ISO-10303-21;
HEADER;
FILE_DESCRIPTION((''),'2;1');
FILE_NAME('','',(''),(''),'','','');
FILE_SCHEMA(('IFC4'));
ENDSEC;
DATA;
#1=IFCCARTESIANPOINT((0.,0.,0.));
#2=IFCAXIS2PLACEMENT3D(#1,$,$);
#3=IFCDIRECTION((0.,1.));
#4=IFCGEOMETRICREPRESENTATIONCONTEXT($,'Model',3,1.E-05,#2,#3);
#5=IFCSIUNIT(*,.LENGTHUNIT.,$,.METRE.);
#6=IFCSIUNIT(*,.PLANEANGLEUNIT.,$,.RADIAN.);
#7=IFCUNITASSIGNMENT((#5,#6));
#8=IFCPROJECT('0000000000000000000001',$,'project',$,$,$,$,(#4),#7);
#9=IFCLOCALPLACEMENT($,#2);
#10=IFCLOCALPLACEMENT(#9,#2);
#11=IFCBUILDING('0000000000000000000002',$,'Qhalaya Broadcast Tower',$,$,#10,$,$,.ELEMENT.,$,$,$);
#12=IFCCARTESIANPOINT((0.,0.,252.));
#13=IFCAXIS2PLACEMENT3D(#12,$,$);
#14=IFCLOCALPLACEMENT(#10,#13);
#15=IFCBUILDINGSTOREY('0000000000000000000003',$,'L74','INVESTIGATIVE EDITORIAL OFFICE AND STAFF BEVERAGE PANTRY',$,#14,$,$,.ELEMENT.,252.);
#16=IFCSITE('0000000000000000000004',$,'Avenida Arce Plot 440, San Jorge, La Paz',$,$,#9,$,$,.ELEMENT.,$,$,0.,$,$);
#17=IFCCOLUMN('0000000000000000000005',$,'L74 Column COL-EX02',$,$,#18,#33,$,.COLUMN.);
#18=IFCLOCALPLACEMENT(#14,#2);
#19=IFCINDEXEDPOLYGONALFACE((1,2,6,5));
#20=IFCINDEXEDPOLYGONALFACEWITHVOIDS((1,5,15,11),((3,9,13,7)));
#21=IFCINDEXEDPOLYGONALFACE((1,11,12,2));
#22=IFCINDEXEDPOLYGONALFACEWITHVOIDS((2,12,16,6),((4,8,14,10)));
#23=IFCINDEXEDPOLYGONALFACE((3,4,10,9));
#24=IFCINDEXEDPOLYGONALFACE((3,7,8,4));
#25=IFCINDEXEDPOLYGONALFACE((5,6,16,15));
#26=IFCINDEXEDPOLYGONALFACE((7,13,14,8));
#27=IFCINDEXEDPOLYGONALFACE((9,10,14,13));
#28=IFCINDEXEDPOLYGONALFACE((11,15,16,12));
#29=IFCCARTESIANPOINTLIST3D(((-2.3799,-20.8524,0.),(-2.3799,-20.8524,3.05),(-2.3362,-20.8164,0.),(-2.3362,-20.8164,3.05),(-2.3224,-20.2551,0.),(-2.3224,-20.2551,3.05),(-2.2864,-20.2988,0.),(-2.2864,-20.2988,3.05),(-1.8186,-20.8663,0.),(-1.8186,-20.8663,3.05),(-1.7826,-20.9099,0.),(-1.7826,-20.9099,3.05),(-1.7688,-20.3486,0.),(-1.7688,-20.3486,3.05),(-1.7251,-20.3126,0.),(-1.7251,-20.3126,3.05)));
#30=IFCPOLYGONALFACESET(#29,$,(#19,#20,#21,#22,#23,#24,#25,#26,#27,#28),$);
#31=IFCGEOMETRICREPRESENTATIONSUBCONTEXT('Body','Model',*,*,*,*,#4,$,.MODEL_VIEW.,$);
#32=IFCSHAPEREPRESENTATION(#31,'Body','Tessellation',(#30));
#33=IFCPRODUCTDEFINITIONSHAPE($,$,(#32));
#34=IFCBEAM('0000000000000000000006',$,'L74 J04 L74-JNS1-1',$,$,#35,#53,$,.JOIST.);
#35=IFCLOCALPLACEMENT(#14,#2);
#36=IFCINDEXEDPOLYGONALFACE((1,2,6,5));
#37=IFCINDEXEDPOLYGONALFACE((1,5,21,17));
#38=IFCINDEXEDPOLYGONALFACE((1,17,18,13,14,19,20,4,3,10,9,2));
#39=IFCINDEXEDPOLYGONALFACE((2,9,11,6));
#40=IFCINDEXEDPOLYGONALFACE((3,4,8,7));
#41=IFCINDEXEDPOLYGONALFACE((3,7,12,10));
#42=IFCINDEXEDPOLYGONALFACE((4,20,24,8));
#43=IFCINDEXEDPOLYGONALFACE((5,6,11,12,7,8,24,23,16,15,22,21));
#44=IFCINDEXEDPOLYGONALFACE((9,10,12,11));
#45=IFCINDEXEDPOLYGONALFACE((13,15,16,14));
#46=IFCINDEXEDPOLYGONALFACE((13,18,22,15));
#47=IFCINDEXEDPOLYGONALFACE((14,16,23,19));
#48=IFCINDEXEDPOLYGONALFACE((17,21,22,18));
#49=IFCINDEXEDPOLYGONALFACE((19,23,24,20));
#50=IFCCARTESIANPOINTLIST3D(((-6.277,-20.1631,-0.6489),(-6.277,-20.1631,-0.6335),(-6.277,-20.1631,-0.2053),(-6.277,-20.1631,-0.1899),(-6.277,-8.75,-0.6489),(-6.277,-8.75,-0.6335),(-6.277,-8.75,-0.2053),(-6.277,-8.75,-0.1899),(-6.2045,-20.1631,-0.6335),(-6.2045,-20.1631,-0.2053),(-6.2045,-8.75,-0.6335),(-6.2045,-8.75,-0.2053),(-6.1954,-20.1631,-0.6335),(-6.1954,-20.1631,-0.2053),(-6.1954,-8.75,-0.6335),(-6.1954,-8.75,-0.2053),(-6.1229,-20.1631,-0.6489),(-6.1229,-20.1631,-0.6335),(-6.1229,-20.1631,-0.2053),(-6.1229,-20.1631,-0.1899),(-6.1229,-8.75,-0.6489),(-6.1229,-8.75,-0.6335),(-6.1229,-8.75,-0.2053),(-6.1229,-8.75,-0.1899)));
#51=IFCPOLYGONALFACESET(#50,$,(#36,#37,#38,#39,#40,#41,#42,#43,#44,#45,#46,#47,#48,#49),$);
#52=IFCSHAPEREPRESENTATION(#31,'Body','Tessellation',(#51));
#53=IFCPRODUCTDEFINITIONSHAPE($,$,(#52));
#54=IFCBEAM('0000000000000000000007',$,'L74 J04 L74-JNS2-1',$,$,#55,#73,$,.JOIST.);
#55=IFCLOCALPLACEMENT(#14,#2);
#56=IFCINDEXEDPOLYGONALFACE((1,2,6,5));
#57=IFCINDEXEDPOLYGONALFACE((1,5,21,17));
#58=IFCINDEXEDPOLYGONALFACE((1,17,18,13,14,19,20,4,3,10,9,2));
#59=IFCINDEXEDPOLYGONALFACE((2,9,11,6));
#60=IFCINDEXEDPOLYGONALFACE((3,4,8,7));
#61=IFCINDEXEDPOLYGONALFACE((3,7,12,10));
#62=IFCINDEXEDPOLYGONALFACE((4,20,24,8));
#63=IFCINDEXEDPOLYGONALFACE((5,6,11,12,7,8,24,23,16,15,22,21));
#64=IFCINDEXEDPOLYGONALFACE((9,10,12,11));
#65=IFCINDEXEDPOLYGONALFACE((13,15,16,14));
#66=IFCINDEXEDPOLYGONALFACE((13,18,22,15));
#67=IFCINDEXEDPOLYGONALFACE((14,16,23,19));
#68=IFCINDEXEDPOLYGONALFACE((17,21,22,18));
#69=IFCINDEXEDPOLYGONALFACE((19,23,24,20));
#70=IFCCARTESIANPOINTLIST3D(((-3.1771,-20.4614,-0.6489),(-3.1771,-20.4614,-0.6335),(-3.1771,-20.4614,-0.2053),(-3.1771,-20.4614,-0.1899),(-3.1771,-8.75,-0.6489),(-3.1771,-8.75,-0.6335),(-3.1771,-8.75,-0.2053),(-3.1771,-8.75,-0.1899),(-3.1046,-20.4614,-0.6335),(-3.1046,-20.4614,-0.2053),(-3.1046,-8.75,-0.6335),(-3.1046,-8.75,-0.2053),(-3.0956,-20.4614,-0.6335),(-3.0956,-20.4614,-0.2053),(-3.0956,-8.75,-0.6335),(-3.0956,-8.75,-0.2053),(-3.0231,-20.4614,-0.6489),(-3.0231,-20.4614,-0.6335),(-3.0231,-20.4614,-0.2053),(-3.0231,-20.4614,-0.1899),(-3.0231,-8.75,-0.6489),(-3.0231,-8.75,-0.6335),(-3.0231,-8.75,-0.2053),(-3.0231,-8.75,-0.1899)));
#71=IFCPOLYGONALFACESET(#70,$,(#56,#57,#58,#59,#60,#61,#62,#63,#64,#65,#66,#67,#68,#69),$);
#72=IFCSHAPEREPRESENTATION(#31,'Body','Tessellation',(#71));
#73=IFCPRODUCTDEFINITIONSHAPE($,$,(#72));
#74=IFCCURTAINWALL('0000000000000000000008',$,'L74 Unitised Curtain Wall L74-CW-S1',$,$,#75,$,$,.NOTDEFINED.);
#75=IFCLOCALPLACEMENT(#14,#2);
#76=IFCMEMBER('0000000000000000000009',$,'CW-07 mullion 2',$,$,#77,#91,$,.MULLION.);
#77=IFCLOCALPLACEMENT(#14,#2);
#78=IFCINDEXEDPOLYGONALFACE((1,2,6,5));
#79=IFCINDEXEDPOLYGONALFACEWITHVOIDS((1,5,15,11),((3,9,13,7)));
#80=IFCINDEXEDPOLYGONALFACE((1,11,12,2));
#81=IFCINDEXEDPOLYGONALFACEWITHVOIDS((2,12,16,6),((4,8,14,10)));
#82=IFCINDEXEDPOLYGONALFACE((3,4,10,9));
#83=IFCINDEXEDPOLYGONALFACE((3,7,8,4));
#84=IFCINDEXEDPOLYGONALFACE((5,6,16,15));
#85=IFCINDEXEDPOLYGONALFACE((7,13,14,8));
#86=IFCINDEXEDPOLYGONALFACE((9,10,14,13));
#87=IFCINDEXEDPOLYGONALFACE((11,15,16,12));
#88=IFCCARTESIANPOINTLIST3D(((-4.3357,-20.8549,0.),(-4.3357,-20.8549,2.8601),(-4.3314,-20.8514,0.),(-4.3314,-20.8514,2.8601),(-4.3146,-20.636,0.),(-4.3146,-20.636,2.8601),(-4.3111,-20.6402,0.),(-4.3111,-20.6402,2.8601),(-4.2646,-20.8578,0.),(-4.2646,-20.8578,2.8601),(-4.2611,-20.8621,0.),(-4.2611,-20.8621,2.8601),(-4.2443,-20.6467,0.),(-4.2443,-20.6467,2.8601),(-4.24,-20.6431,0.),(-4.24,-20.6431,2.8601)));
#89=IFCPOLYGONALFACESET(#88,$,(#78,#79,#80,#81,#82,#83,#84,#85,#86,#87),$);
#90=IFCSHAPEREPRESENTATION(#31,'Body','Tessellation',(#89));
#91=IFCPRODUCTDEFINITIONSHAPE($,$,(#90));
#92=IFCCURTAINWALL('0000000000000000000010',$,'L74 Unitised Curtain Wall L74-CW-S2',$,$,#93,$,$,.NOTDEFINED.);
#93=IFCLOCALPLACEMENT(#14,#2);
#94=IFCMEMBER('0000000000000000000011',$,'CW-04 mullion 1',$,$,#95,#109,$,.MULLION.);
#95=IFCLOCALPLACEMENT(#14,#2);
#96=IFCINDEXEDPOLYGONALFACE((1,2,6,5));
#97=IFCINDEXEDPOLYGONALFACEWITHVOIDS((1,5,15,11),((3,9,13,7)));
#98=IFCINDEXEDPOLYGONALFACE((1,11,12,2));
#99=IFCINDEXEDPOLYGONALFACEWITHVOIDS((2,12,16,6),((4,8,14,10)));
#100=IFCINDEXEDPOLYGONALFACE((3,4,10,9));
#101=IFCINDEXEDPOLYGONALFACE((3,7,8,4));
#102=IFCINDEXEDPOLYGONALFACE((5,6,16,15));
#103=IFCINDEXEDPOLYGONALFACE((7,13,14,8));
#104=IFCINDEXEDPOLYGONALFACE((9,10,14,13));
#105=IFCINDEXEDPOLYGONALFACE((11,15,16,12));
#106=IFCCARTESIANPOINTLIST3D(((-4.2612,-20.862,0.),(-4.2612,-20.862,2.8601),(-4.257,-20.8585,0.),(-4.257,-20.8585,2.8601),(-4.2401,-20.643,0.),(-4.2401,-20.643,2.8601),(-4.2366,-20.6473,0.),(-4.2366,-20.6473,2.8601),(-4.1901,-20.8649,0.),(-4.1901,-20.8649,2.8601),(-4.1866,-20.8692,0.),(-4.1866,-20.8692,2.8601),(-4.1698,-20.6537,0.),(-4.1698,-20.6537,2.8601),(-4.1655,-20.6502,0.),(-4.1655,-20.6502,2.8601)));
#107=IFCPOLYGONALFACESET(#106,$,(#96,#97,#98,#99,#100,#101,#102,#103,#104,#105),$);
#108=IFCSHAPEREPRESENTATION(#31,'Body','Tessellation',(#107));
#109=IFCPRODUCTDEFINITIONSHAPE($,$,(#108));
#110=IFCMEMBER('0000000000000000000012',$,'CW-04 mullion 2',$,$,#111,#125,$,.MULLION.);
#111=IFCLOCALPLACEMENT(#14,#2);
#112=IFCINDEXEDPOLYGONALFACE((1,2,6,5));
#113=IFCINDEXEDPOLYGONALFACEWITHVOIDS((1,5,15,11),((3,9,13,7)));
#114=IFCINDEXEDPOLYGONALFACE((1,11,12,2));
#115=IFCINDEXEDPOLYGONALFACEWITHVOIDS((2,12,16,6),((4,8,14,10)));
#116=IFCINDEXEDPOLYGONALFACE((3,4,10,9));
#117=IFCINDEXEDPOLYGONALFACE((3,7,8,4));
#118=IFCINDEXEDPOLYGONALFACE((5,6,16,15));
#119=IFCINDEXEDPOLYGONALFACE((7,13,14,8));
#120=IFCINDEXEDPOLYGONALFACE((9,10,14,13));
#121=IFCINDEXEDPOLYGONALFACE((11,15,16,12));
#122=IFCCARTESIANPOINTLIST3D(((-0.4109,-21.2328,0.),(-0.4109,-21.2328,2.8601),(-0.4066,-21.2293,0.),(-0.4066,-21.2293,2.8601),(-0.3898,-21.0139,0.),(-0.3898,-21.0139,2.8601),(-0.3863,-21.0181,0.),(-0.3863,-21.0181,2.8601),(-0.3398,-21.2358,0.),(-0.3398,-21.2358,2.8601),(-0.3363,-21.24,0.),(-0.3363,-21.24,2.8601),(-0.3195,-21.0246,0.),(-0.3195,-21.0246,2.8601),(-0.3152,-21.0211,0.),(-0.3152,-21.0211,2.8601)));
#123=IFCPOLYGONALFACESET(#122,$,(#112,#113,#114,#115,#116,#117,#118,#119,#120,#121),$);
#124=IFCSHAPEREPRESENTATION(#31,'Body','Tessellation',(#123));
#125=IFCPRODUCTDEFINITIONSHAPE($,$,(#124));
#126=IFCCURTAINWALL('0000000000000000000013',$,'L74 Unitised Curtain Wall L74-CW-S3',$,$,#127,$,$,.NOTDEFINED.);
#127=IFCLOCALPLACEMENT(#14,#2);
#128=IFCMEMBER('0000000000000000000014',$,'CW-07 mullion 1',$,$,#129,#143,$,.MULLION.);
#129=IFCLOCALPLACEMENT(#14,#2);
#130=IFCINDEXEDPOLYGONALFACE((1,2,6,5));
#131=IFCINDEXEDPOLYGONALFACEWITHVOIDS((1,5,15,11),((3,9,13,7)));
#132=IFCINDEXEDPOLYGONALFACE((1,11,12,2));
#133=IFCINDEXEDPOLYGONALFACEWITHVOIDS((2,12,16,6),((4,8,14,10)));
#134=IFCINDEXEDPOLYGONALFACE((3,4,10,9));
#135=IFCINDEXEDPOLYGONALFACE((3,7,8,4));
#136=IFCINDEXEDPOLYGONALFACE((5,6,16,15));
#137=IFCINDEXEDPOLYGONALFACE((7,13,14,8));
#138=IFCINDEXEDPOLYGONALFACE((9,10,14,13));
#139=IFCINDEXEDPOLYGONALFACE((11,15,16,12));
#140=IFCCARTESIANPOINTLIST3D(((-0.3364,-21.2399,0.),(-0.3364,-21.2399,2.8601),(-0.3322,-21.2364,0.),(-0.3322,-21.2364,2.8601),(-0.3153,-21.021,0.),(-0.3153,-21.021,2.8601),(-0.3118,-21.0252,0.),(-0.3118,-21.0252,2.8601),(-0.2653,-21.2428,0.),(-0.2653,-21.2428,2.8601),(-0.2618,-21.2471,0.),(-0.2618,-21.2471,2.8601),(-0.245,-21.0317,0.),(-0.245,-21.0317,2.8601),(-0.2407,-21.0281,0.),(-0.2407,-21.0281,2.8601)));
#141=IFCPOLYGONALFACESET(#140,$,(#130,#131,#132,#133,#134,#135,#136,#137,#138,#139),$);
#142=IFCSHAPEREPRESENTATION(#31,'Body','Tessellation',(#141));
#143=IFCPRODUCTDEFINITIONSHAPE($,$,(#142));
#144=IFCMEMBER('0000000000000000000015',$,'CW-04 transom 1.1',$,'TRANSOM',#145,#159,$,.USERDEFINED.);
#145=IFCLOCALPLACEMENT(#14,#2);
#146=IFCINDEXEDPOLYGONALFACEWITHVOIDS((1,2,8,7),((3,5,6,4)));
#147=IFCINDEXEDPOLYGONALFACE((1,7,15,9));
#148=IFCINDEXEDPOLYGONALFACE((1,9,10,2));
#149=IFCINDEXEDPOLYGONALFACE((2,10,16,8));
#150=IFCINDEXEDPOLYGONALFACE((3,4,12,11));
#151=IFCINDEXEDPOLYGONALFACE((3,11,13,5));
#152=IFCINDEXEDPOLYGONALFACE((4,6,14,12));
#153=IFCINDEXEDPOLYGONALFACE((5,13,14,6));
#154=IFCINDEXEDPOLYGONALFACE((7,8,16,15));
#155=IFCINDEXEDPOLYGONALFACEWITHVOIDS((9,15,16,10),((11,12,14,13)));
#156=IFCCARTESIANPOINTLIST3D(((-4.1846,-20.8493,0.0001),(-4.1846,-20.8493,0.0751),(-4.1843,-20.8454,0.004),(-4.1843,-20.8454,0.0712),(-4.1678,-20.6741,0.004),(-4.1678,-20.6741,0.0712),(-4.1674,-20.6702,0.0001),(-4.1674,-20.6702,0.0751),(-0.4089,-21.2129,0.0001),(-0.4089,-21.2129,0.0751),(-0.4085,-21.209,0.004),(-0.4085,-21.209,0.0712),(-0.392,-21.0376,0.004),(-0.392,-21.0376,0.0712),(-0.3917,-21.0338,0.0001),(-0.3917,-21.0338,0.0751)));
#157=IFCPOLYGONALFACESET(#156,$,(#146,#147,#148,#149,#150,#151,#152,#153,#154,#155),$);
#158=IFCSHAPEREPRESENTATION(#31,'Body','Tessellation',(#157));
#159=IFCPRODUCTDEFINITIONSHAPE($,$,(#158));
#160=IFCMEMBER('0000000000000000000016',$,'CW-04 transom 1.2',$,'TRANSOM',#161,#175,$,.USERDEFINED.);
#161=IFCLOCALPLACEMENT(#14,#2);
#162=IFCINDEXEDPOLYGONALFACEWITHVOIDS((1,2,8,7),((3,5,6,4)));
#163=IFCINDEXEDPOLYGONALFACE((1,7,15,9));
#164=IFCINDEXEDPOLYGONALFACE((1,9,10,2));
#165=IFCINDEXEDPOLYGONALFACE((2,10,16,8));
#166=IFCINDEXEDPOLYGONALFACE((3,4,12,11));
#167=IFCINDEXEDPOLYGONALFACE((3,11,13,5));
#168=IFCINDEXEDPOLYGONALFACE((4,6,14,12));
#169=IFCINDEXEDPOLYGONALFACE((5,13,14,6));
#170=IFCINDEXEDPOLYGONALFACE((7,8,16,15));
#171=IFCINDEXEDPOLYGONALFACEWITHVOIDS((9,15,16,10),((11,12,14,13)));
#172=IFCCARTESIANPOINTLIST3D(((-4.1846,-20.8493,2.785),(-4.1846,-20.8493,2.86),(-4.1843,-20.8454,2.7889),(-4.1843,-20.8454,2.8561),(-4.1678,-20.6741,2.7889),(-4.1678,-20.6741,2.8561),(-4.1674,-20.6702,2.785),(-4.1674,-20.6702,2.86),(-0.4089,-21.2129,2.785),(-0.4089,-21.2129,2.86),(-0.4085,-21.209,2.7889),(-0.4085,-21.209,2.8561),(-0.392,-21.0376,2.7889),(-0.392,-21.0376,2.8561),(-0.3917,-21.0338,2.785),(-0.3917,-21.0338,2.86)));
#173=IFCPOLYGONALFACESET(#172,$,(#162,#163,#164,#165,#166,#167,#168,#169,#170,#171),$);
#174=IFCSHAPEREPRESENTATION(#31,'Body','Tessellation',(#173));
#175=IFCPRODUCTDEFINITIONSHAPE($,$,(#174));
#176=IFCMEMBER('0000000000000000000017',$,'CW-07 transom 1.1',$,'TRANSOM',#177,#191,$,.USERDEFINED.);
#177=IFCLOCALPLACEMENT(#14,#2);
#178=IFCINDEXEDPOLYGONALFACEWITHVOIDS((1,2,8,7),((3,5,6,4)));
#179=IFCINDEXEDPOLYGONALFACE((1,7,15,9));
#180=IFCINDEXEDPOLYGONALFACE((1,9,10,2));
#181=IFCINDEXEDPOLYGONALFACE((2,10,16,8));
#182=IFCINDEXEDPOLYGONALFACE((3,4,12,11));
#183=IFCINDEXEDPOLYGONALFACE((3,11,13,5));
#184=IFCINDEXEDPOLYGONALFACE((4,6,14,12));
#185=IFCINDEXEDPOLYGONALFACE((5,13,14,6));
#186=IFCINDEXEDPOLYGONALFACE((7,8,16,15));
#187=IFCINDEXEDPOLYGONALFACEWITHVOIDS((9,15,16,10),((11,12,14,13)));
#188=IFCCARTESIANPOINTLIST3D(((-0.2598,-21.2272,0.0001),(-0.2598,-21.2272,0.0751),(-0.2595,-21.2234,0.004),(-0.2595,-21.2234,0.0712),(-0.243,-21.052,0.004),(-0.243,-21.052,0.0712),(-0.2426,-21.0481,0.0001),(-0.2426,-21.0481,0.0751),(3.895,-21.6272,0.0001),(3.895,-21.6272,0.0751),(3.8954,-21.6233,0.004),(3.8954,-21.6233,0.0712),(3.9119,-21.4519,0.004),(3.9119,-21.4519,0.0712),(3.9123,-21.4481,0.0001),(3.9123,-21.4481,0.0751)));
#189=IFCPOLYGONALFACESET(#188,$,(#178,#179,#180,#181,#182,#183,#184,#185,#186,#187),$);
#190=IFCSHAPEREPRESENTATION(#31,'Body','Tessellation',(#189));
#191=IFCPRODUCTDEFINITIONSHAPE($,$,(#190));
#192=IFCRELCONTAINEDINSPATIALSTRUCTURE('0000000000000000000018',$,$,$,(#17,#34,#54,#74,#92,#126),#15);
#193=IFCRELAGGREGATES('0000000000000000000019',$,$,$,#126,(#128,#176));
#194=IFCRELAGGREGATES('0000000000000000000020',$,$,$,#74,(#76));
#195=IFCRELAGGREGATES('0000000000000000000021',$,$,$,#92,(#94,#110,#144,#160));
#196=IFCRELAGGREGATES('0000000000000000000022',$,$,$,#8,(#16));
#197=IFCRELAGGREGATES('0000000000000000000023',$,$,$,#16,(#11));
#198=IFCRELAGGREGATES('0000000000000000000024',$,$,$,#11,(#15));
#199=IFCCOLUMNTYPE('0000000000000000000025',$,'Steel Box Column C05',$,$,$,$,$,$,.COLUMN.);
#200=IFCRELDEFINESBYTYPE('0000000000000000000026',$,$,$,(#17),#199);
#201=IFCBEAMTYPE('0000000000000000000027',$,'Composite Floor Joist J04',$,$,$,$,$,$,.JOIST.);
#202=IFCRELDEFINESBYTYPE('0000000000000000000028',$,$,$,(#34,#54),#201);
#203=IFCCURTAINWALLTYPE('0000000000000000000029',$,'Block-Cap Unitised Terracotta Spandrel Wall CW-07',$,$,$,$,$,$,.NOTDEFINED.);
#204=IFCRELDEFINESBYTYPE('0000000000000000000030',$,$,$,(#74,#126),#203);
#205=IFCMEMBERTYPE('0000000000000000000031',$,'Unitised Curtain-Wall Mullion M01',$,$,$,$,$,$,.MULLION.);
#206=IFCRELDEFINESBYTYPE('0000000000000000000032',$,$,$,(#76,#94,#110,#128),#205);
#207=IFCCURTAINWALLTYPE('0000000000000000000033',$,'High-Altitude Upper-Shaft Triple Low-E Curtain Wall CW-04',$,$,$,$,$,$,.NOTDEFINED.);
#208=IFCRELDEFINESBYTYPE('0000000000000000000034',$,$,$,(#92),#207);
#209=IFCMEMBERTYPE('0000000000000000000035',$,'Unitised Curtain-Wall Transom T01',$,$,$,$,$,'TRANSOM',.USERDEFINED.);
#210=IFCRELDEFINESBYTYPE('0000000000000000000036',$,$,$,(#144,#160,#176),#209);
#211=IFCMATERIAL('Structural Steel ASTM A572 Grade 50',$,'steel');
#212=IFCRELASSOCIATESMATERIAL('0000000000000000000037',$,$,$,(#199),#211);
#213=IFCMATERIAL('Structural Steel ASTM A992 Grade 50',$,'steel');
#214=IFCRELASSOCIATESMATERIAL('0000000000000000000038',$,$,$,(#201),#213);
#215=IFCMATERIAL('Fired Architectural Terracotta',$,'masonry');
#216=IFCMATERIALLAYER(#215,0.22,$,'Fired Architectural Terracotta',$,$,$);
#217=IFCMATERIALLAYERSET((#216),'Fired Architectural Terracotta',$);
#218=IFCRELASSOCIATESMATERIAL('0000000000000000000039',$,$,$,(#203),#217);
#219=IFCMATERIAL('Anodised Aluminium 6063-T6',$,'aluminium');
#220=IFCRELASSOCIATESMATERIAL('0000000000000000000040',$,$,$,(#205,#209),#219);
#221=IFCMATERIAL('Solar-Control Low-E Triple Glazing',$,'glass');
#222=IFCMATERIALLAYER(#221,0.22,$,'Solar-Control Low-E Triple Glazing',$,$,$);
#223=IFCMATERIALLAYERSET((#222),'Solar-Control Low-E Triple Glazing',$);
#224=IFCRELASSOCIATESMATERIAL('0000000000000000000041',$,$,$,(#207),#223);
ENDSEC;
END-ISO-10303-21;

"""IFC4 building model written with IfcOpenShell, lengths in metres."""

from ifc_helpers import new_model, si_unit, direction, frame, origin, origin_2d, place, context, subcontext, project, spatial, hollow_rectangle, i_section, extrude, material, layer, layer_set, material_profile, profile_set, type_object, element, aggregate, save


model = new_model("IFC4")

# Units and contexts
model_context = context("Model", 3, precision=1e-05, world=origin(), true_north=direction((0.0, 1.0)))
body_context = subcontext(model_context, "Body", "Model", "MODEL_VIEW")
ifc_project = project(units=[si_unit("LENGTHUNIT", "METRE"), si_unit("PLANEANGLEUNIT", "RADIAN")], contexts=[model_context])

# Site, building, storey
site_placement = place(None, origin())
site = spatial("IfcSite", under=ifc_project, at=site_placement, Name="Avenida Arce Plot 440, San Jorge, La Paz", CompositionType="ELEMENT", RefElevation=0.0)
building_placement = place(site_placement, origin())
building = spatial("IfcBuilding", under=site, at=building_placement, Name="Qhalaya Broadcast Tower", CompositionType="ELEMENT")
storey_placement = place(building_placement, frame((0.0, 0.0, 252.0)))
storey = spatial("IfcBuildingStorey", under=building, at=storey_placement, Name="L74", Description="INVESTIGATIVE EDITORIAL OFFICE AND STAFF BEVERAGE PANTRY", CompositionType="ELEMENT", Elevation=252.0)

# Column
ifc_material_1 = material(Name="Structural Steel ASTM A572 Grade 50", Category="steel")
ifc_material_profile_1 = material_profile(ifc_material_1, hollow_rectangle(XDim=0.6001, YDim=0.6001, WallThickness=0.04, at=origin_2d()), Name="BOX 600x600x40")
ifc_profile_set_1 = profile_set([ifc_material_profile_1], Name="Structural Steel ASTM A572 Grade 50")
column_type = type_object("IfcColumnType", Name="Steel Box Column C05", PredefinedType="COLUMN", material=ifc_profile_set_1)
column_placement = place(storey_placement, frame((-2.0525, -20.5825, 0.0), z_axis=(0.0, 0.0, 1.0), x_axis=(0.995396, -0.095846, 0.0)))
element("IfcColumn", 1, at=column_placement, inside=storey, type_object=column_type, Name="L74 Column COL-EX02", PredefinedType="COLUMN", context=body_context, shape_type="SweptSolid", body=[
    extrude(hollow_rectangle(XDim=0.6001, YDim=0.6001, WallThickness=0.04, at=origin_2d()), origin(), (0.0, 0.0, 1.0), 3.05),
])

# Beams
ifc_material_2 = material(Name="Structural Steel ASTM A992 Grade 50", Category="steel")
ifc_material_profile_2 = material_profile(ifc_material_2, i_section(OverallWidth=0.1541, OverallDepth=0.459, WebThickness=0.009, FlangeThickness=0.0154, at=origin_2d()), Name="W18X46")
ifc_profile_set_2 = profile_set([ifc_material_profile_2], Name="Structural Steel ASTM A992 Grade 50")
beam_type_1 = type_object("IfcBeamType", Name="Composite Floor Joist J04", PredefinedType="JOIST", material=ifc_profile_set_2)
beam_1_placement = place(storey_placement, frame((-6.2, -20.1631, -0.4194), z_axis=(0.0, 1.0, 0.0), x_axis=(-1.0, 0.0, 0.0)))
element("IfcBeam", 2, at=beam_1_placement, inside=storey, type_object=beam_type_1, Name="L74 J04 L74-JNS1-1", PredefinedType="JOIST", context=body_context, shape_type="SweptSolid", body=[
    extrude(i_section(OverallWidth=0.1541, OverallDepth=0.459, WebThickness=0.009, FlangeThickness=0.0154, at=origin_2d()), origin(), (0.0, 0.0, 1.0), 11.4131),
])
beam_2_placement = place(storey_placement, frame((-3.1001, -20.4614, -0.4194), z_axis=(0.0, 1.0, 0.0), x_axis=(-1.0, 0.0, 0.0)))
element("IfcBeam", 3, at=beam_2_placement, inside=storey, type_object=beam_type_1, Name="L74 J04 L74-JNS2-1", PredefinedType="JOIST", context=body_context, shape_type="SweptSolid", body=[
    extrude(i_section(OverallWidth=0.1541, OverallDepth=0.459, WebThickness=0.009, FlangeThickness=0.0154, at=origin_2d()), origin(), (0.0, 0.0, 1.0), 11.7114),
])

# Curtain wall, member
ifc_material_3 = material(Name="Fired Architectural Terracotta", Category="masonry")
ifc_layer_1 = layer(ifc_material_3, 0.22, Name="Fired Architectural Terracotta")
ifc_layer_set_1 = layer_set([ifc_layer_1], Name="Fired Architectural Terracotta")
curtain_wall_type_1 = type_object("IfcCurtainWallType", Name="Block-Cap Unitised Terracotta Spandrel Wall CW-07", PredefinedType="NOTDEFINED", material=ifc_layer_set_1)
curtain_wall_1_placement = place(storey_placement, origin())
curtain_wall_1 = element("IfcCurtainWall", 4, at=curtain_wall_1_placement, inside=storey, type_object=curtain_wall_type_1, Name="L74 Unitised Curtain Wall L74-CW-S1", PredefinedType="NOTDEFINED")
ifc_material_4 = material(Name="Anodised Aluminium 6063-T6", Category="aluminium")
ifc_material_profile_3 = material_profile(ifc_material_4, hollow_rectangle(XDim=0.075, YDim=0.22, WallThickness=0.0039, at=origin_2d()), Name="ALU-MUL 75x220x4")
ifc_profile_set_3 = profile_set([ifc_material_profile_3], Name="Anodised Aluminium 6063-T6")
member_type_1 = type_object("IfcMemberType", Name="Unitised Curtain-Wall Mullion M01", PredefinedType="MULLION", material=ifc_profile_set_3)
member_1_placement = place(storey_placement, frame((-4.2878, -20.749, 0.0), z_axis=(0.0, 0.0, 1.0), x_axis=(0.995395, -0.095857, 0.0)))
member_1 = element("IfcMember", 5, at=member_1_placement, type_object=member_type_1, Name="CW-07 mullion 2", PredefinedType="MULLION", context=body_context, shape_type="SweptSolid", body=[
    extrude(hollow_rectangle(XDim=0.075, YDim=0.22, WallThickness=0.0039, at=origin_2d()), origin(), (0.0, 0.0, 1.0), 2.8601),
])

# Curtain wall, members
ifc_material_5 = material(Name="Solar-Control Low-E Triple Glazing", Category="glass")
ifc_layer_2 = layer(ifc_material_5, 0.22, Name="Solar-Control Low-E Triple Glazing")
ifc_layer_set_2 = layer_set([ifc_layer_2], Name="Solar-Control Low-E Triple Glazing")
curtain_wall_type_2 = type_object("IfcCurtainWallType", Name="High-Altitude Upper-Shaft Triple Low-E Curtain Wall CW-04", PredefinedType="NOTDEFINED", material=ifc_layer_set_2)
curtain_wall_2_placement = place(storey_placement, origin())
curtain_wall_2 = element("IfcCurtainWall", 6, at=curtain_wall_2_placement, inside=storey, type_object=curtain_wall_type_2, Name="L74 Unitised Curtain Wall L74-CW-S2", PredefinedType="NOTDEFINED")
member_2_placement = place(storey_placement, frame((-4.2134, -20.7561, 0.0), z_axis=(0.0, 0.0, 1.0), x_axis=(0.995397, -0.095842, 0.0)))
member_2 = element("IfcMember", 7, at=member_2_placement, type_object=member_type_1, Name="CW-04 mullion 1", PredefinedType="MULLION", context=body_context, shape_type="SweptSolid", body=[
    extrude(hollow_rectangle(XDim=0.075, YDim=0.22, WallThickness=0.0039, at=origin_2d()), origin(), (0.0, 0.0, 1.0), 2.8601),
])
member_3_placement = place(storey_placement, frame((-0.363, -21.127, 0.0), z_axis=(0.0, 0.0, 1.0), x_axis=(0.995397, -0.095842, 0.0)))
member_3 = element("IfcMember", 8, at=member_3_placement, type_object=member_type_1, Name="CW-04 mullion 2", PredefinedType="MULLION", context=body_context, shape_type="SweptSolid", body=[
    extrude(hollow_rectangle(XDim=0.075, YDim=0.22, WallThickness=0.0039, at=origin_2d()), origin(), (0.0, 0.0, 1.0), 2.8601),
])

# Curtain wall, member
curtain_wall_3_placement = place(storey_placement, origin())
curtain_wall_3 = element("IfcCurtainWall", 9, at=curtain_wall_3_placement, inside=storey, type_object=curtain_wall_type_1, Name="L74 Unitised Curtain Wall L74-CW-S3", PredefinedType="NOTDEFINED")
member_4_placement = place(storey_placement, frame((-0.2886, -21.134, 0.0), z_axis=(0.0, 0.0, 1.0), x_axis=(0.995397, -0.095837, 0.0)))
member_4 = element("IfcMember", 10, at=member_4_placement, type_object=member_type_1, Name="CW-07 mullion 1", PredefinedType="MULLION", context=body_context, shape_type="SweptSolid", body=[
    extrude(hollow_rectangle(XDim=0.075, YDim=0.22, WallThickness=0.0039, at=origin_2d()), origin(), (0.0, 0.0, 1.0), 2.8601),
])

# Members
ifc_material_profile_4 = material_profile(ifc_material_4, hollow_rectangle(XDim=0.075, YDim=0.1799, WallThickness=0.0039, at=origin_2d()), Name="ALU-TRN 75x180x4")
ifc_profile_set_4 = profile_set([ifc_material_profile_4], Name="Anodised Aluminium 6063-T6")
member_type_2 = type_object("IfcMemberType", Name="Unitised Curtain-Wall Transom T01", ElementType="TRANSOM", PredefinedType="USERDEFINED", material=ifc_profile_set_4)
member_5_placement = place(storey_placement, frame((-4.176, -20.7598, 0.0376), z_axis=(0.995397, -0.095839, 0.0), x_axis=(0.0, 0.0, 1.0)))
member_5 = element("IfcMember", 11, at=member_5_placement, type_object=member_type_2, Name="CW-04 transom 1.1", ObjectType="TRANSOM", PredefinedType="USERDEFINED", context=body_context, shape_type="SweptSolid", body=[
    extrude(hollow_rectangle(XDim=0.075, YDim=0.1799, WallThickness=0.0039, at=origin_2d()), origin(), (0.0, 0.0, 1.0), 3.7932),
])
member_6_placement = place(storey_placement, frame((-4.176, -20.7598, 2.8225), z_axis=(0.995397, -0.095839, 0.0), x_axis=(0.0, 0.0, 1.0)))
member_6 = element("IfcMember", 12, at=member_6_placement, type_object=member_type_2, Name="CW-04 transom 1.2", ObjectType="TRANSOM", PredefinedType="USERDEFINED", context=body_context, shape_type="SweptSolid", body=[
    extrude(hollow_rectangle(XDim=0.075, YDim=0.1799, WallThickness=0.0039, at=origin_2d()), origin(), (0.0, 0.0, 1.0), 3.7932),
])
member_7_placement = place(storey_placement, frame((-0.2512, -21.1377, 0.0376), z_axis=(0.9954, -0.095808, 0.0), x_axis=(0.0, 0.0, 1.0)))
member_7 = element("IfcMember", 13, at=member_7_placement, type_object=member_type_2, Name="CW-07 transom 1.1", ObjectType="TRANSOM", PredefinedType="USERDEFINED", context=body_context, shape_type="SweptSolid", body=[
    extrude(hollow_rectangle(XDim=0.075, YDim=0.1799, WallThickness=0.0039, at=origin_2d()), origin(), (0.0, 0.0, 1.0), 4.1741),
])
aggregate(curtain_wall_3, [member_4, member_7])

aggregate(curtain_wall_1, [member_1])
aggregate(curtain_wall_2, [member_2, member_3, member_5, member_6])

save(model, "model.ifc")
